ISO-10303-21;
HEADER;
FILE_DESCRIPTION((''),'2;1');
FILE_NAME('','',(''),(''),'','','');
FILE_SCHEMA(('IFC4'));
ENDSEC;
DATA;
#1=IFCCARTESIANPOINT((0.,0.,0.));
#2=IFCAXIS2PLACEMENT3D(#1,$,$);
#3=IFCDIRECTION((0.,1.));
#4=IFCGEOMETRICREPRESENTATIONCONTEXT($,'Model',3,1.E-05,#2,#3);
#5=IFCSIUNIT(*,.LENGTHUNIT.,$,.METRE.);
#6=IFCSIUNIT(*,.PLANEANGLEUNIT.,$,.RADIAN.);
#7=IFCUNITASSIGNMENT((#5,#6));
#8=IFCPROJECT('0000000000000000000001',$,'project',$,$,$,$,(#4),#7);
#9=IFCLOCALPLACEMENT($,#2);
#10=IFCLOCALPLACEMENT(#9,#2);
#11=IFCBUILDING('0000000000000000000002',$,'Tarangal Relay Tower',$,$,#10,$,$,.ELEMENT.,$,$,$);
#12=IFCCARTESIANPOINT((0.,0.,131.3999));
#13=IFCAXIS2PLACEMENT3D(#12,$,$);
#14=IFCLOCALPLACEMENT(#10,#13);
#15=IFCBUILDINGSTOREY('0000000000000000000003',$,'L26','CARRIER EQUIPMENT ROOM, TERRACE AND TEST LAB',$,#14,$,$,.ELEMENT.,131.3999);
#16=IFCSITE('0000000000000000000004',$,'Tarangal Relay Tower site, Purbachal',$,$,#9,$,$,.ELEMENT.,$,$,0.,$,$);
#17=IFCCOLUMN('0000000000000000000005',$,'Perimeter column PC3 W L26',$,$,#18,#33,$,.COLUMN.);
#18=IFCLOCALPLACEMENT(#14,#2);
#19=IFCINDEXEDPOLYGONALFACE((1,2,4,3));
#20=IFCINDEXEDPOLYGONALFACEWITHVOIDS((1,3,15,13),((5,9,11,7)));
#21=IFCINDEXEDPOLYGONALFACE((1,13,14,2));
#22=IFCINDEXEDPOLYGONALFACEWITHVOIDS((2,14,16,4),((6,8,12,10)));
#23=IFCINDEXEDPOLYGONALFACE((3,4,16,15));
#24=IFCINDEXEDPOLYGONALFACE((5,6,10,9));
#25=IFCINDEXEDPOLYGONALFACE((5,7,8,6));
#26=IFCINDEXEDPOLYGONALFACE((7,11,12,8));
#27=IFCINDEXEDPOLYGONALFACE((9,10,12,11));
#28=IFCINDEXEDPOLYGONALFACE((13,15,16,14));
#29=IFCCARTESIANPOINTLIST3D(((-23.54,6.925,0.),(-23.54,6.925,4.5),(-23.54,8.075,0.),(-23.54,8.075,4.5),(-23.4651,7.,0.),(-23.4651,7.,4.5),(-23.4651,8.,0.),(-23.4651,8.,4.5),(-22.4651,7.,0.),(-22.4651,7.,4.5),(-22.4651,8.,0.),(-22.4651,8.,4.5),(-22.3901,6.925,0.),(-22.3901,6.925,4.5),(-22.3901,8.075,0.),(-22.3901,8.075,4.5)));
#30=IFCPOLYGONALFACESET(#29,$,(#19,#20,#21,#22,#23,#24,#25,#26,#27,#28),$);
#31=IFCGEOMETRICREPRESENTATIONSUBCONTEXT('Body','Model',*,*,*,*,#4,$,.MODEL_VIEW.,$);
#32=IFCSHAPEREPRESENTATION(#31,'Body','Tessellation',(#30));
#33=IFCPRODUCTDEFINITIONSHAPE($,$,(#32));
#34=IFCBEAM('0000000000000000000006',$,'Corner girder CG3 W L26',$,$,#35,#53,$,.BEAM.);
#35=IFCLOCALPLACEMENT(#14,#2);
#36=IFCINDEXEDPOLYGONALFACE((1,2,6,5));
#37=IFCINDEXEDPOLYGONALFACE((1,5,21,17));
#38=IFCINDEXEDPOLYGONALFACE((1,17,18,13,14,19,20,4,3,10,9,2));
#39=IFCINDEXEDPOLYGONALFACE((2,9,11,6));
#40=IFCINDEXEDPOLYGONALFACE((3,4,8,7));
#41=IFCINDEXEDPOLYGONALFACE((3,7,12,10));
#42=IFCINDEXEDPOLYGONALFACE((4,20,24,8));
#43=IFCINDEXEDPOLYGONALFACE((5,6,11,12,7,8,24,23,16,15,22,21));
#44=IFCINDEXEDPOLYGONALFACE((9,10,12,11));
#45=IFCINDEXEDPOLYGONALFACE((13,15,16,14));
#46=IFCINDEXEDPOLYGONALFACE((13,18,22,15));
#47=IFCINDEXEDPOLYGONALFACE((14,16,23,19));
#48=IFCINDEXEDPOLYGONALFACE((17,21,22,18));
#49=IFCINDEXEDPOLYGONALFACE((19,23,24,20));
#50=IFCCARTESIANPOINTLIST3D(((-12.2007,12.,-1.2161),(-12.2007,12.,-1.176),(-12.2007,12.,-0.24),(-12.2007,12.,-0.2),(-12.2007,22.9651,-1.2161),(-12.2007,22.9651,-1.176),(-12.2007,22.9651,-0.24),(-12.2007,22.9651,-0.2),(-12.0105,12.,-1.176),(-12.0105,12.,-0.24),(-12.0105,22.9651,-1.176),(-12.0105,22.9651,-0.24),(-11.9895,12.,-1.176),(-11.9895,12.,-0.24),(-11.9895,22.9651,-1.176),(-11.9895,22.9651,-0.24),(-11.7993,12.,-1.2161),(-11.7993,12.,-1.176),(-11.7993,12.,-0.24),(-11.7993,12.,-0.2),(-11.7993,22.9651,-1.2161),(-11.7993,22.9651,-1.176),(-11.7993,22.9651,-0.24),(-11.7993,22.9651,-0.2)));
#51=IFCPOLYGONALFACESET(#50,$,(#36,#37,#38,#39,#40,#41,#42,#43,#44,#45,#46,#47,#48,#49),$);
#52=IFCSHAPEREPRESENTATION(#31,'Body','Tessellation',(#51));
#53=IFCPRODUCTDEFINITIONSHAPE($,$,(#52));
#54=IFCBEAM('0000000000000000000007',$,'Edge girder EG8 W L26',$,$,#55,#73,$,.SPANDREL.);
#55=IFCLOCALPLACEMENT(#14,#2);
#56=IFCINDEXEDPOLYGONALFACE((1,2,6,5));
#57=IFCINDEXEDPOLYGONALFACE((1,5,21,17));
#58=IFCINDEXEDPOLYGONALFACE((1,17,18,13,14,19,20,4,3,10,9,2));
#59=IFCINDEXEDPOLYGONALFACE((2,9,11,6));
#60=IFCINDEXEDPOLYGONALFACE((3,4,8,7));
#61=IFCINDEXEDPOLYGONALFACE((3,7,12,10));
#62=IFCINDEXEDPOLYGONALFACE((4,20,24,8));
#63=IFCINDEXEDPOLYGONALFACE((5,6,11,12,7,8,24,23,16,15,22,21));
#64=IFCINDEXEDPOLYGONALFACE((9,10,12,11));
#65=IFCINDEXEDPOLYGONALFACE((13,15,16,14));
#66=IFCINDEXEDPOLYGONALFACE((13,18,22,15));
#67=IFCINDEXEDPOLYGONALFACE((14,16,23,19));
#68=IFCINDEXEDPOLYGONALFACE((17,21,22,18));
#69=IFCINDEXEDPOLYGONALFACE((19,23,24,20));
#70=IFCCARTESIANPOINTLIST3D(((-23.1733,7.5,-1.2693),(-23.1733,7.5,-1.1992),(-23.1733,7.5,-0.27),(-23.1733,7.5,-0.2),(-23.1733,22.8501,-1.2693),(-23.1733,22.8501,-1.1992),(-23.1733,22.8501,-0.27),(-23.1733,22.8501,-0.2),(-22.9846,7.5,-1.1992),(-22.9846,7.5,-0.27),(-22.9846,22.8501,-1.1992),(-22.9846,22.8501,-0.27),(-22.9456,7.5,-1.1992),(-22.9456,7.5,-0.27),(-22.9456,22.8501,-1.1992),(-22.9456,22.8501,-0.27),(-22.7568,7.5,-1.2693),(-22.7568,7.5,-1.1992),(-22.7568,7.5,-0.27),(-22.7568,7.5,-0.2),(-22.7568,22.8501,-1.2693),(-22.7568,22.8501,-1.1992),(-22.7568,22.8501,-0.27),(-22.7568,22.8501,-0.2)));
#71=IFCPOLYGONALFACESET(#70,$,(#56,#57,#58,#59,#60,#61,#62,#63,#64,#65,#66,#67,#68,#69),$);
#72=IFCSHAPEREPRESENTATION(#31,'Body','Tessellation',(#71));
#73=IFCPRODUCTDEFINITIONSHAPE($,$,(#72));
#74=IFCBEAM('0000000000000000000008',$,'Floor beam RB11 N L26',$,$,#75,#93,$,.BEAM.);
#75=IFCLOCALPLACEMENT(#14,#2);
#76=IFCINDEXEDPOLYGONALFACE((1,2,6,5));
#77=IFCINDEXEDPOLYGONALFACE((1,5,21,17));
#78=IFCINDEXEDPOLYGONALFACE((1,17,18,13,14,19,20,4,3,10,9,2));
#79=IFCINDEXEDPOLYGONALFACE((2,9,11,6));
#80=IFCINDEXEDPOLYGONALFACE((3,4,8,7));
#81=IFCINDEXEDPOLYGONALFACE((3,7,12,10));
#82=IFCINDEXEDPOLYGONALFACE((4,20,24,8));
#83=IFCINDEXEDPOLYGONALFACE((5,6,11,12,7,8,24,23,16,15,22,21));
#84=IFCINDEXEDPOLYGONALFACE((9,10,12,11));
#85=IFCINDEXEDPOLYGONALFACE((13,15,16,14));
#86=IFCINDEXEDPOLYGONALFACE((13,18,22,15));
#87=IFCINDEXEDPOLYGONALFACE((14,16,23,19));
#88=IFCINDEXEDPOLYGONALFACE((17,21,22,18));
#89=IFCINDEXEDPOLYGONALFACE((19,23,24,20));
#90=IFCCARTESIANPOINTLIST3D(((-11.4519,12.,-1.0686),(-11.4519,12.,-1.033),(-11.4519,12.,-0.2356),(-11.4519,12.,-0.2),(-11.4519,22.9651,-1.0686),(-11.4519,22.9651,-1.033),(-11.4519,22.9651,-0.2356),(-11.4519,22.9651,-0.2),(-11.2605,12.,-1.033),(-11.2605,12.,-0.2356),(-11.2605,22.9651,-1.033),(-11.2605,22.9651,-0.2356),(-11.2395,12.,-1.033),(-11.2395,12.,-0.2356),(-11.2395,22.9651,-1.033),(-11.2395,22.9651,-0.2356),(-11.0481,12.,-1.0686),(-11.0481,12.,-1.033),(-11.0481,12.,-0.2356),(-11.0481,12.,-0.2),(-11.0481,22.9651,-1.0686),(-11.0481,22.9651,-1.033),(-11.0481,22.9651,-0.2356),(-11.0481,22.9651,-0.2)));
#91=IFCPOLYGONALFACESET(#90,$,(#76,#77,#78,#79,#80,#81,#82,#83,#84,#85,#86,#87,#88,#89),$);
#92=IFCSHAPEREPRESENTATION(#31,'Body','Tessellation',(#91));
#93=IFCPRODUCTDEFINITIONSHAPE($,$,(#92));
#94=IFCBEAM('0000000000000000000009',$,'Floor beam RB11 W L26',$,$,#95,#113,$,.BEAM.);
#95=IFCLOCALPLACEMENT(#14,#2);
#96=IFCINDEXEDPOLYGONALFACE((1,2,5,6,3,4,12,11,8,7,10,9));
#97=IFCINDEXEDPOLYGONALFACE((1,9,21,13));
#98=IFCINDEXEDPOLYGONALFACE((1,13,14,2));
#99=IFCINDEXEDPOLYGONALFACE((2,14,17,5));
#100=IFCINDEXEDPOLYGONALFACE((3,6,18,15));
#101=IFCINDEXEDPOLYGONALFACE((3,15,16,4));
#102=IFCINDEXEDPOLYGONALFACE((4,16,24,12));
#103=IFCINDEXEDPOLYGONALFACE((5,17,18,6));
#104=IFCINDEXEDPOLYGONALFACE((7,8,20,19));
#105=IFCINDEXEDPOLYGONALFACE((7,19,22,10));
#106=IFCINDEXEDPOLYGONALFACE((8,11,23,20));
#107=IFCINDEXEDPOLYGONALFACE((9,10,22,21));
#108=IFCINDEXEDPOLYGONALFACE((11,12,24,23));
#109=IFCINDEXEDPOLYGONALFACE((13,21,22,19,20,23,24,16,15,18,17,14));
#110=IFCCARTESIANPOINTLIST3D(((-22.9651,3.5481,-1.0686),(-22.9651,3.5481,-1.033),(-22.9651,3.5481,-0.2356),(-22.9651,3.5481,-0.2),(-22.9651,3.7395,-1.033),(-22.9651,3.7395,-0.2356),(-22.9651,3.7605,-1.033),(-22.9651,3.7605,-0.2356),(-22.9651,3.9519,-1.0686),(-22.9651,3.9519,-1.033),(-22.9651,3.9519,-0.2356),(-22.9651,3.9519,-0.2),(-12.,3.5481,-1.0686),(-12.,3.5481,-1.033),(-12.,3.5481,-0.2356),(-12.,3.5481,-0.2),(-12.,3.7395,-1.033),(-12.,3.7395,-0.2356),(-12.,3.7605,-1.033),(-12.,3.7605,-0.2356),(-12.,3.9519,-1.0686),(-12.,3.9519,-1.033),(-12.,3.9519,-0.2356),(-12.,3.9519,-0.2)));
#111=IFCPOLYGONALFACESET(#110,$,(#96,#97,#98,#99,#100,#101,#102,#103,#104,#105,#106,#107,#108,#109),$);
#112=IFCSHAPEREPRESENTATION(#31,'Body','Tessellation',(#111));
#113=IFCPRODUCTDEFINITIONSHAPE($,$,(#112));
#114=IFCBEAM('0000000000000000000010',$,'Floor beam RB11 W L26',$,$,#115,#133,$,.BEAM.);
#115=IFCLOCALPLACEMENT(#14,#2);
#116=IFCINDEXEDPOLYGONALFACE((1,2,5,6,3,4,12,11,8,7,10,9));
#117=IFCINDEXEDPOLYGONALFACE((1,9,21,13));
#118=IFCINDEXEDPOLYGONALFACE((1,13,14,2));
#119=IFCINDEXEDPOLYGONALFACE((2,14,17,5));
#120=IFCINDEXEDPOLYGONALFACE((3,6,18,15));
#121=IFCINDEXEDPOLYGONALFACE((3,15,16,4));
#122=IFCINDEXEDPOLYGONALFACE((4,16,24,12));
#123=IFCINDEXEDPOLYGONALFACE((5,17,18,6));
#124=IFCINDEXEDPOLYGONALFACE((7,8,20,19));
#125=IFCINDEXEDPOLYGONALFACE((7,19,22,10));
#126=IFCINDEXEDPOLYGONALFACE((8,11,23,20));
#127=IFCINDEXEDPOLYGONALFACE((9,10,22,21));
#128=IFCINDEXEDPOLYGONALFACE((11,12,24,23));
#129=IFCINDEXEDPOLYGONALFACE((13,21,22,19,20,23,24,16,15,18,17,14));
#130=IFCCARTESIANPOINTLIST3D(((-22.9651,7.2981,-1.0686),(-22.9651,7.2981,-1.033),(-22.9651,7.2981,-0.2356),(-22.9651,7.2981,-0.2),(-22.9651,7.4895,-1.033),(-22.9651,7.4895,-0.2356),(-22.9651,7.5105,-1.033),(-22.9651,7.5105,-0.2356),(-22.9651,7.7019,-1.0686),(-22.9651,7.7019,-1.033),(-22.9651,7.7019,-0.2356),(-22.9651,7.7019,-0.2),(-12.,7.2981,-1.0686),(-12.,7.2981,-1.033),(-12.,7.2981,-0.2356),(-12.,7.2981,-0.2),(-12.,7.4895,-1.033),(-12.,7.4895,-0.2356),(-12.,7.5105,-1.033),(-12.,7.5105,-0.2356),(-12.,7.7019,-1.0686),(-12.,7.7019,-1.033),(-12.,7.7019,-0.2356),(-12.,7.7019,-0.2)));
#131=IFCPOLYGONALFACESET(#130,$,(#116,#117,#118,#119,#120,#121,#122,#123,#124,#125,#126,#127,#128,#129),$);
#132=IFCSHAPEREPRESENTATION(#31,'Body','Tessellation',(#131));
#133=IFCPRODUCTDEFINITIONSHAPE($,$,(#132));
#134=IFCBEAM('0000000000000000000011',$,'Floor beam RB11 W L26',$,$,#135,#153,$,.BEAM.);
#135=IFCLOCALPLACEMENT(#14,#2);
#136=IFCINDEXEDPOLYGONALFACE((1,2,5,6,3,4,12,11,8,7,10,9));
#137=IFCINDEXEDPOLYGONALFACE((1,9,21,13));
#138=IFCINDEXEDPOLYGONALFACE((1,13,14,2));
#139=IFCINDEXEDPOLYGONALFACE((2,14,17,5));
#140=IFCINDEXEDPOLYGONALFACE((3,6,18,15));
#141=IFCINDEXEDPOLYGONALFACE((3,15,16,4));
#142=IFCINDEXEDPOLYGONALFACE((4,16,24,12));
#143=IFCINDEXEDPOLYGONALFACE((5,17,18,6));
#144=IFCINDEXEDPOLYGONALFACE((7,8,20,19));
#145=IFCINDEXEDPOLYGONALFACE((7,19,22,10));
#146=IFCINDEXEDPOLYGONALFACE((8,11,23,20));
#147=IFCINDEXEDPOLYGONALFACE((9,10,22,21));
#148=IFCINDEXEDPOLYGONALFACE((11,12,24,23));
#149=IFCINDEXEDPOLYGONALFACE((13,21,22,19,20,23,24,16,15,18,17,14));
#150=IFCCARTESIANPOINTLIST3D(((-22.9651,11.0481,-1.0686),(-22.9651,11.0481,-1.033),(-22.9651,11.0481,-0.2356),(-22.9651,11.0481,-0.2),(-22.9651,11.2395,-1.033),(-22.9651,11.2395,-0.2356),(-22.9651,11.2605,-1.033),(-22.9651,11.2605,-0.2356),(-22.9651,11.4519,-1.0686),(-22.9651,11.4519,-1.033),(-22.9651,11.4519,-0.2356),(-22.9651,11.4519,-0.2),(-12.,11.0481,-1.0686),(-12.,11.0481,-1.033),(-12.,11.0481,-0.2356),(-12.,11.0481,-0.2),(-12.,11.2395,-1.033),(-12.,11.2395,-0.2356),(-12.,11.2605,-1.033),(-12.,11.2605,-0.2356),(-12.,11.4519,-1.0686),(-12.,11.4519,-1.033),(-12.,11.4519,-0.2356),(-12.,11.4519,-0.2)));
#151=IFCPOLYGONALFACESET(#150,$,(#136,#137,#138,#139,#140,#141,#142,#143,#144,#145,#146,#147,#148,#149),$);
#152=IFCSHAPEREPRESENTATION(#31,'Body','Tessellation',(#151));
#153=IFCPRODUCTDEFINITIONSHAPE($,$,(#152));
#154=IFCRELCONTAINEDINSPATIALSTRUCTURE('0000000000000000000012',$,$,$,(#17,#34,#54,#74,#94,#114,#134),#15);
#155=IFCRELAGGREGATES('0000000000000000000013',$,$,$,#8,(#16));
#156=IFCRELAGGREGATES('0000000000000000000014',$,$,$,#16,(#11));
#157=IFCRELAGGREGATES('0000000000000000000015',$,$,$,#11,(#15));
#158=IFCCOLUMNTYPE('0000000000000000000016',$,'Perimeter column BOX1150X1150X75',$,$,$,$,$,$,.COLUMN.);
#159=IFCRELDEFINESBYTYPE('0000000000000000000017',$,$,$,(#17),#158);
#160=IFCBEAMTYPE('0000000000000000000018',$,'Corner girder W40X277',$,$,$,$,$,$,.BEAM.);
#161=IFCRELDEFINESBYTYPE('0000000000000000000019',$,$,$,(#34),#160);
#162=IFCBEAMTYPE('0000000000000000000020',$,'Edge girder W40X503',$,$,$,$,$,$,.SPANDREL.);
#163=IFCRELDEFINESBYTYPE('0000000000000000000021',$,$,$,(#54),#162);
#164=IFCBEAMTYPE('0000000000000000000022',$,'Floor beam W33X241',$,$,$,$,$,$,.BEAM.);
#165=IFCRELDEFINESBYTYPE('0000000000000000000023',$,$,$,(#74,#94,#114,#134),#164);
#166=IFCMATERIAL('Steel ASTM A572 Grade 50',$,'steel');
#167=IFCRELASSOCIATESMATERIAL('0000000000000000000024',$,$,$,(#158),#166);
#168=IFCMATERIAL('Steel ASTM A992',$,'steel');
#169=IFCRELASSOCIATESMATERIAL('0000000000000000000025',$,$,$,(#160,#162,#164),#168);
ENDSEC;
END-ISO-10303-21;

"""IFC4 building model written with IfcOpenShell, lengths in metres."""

from ifc_helpers import new_model, si_unit, direction, frame, origin, origin_2d, place, context, subcontext, project, spatial, hollow_rectangle, i_section, extrude, material, material_profile, profile_set, type_object, element, save


model = new_model("IFC4")

# Units and contexts
model_context = context("Model", 3, precision=1e-05, world=origin(), true_north=direction((0.0, 1.0)))
body_context = subcontext(model_context, "Body", "Model", "MODEL_VIEW")
ifc_project = project(units=[si_unit("LENGTHUNIT", "METRE"), si_unit("PLANEANGLEUNIT", "RADIAN")], contexts=[model_context])

# Site, building, storey
site_placement = place(None, origin())
site = spatial("IfcSite", under=ifc_project, at=site_placement, Name="Tarangal Relay Tower site, Purbachal", CompositionType="ELEMENT", RefElevation=0.0)
building_placement = place(site_placement, origin())
building = spatial("IfcBuilding", under=site, at=building_placement, Name="Tarangal Relay Tower", CompositionType="ELEMENT")
storey_placement = place(building_placement, frame((0.0, 0.0, 131.3999)))
storey = spatial("IfcBuildingStorey", under=building, at=storey_placement, Name="L26", Description="CARRIER EQUIPMENT ROOM, TERRACE AND TEST LAB", CompositionType="ELEMENT", Elevation=131.3999)

# Column
ifc_material_1 = material(Name="Steel ASTM A572 Grade 50", Category="steel")
ifc_material_profile_1 = material_profile(ifc_material_1, hollow_rectangle(XDim=1.1499, YDim=1.1499, WallThickness=0.075, at=origin_2d()), Name="BOX1150X1150X75")
ifc_profile_set_1 = profile_set([ifc_material_profile_1], Name="Steel ASTM A572 Grade 50")
column_type = type_object("IfcColumnType", Name="Perimeter column BOX1150X1150X75", PredefinedType="COLUMN", material=ifc_profile_set_1)
column_placement = place(storey_placement, frame((-22.9651, 7.5, 0.0), z_axis=(0.0, 0.0, 1.0), x_axis=(1.0, 0.0, 0.0)))
element("IfcColumn", 1, at=column_placement, inside=storey, type_object=column_type, Name="Perimeter column PC3 W L26", PredefinedType="COLUMN", context=body_context, shape_type="SweptSolid", body=[
    extrude(hollow_rectangle(XDim=1.1499, YDim=1.1499, WallThickness=0.075, at=origin_2d()), origin(), (0.0, 0.0, 1.0), 4.5),
])

# Beams
ifc_material_2 = material(Name="Steel ASTM A992", Category="steel")
ifc_material_profile_2 = material_profile(ifc_material_2, i_section(OverallWidth=0.4014, OverallDepth=1.0161, WebThickness=0.021, FlangeThickness=0.04, at=origin_2d()), Name="W40X277")
ifc_profile_set_2 = profile_set([ifc_material_profile_2], Name="Steel ASTM A992")
beam_type_1 = type_object("IfcBeamType", Name="Corner girder W40X277", PredefinedType="BEAM", material=ifc_profile_set_2)
beam_1_placement = place(storey_placement, frame((-12.0, 12.0, -0.708), z_axis=(0.0, 1.0, 0.0), x_axis=(-1.0, 0.0, 0.0)))
element("IfcBeam", 2, at=beam_1_placement, inside=storey, type_object=beam_type_1, Name="Corner girder CG3 W L26", PredefinedType="BEAM", context=body_context, shape_type="SweptSolid", body=[
    extrude(i_section(OverallWidth=0.4014, OverallDepth=1.0161, WebThickness=0.021, FlangeThickness=0.04, at=origin_2d()), origin(), (0.0, 0.0, 1.0), 10.9651),
])
ifc_material_profile_3 = material_profile(ifc_material_2, i_section(OverallWidth=0.4165, OverallDepth=1.0693, WebThickness=0.0391, FlangeThickness=0.0701, at=origin_2d()), Name="W40X503")
ifc_profile_set_3 = profile_set([ifc_material_profile_3], Name="Steel ASTM A992")
beam_type_2 = type_object("IfcBeamType", Name="Edge girder W40X503", PredefinedType="SPANDREL", material=ifc_profile_set_3)
beam_2_placement = place(storey_placement, frame((-22.9651, 7.5, -0.7346), z_axis=(0.0, 1.0, 0.0), x_axis=(-1.0, 0.0, 0.0)))
element("IfcBeam", 3, at=beam_2_placement, inside=storey, type_object=beam_type_2, Name="Edge girder EG8 W L26", PredefinedType="SPANDREL", context=body_context, shape_type="SweptSolid", body=[
    extrude(i_section(OverallWidth=0.4165, OverallDepth=1.0693, WebThickness=0.0391, FlangeThickness=0.0701, at=origin_2d()), origin(), (0.0, 0.0, 1.0), 15.3501),
])
ifc_material_profile_4 = material_profile(ifc_material_2, i_section(OverallWidth=0.4038, OverallDepth=0.8687, WebThickness=0.021, FlangeThickness=0.0356, at=origin_2d()), Name="W33X241")
ifc_profile_set_4 = profile_set([ifc_material_profile_4], Name="Steel ASTM A992")
beam_type_3 = type_object("IfcBeamType", Name="Floor beam W33X241", PredefinedType="BEAM", material=ifc_profile_set_4)
for number, where, z_axis, x_axis, name in (
    (4, (-11.25, 12.0, -0.6343), (0.0, 1.0, 0.0), (-1.0, 0.0, 0.0), "Floor beam RB11 N L26"),
    (5, (-12.0, 3.75, -0.6343), (-1.0, 0.0, 0.0), (0.0, -1.0, 0.0), "Floor beam RB11 W L26"),
    (6, (-12.0, 7.5, -0.6343), (-1.0, 0.0, 0.0), (0.0, -1.0, 0.0), "Floor beam RB11 W L26"),
    (7, (-12.0, 11.25, -0.6343), (-1.0, 0.0, 0.0), (0.0, -1.0, 0.0), "Floor beam RB11 W L26"),
):
    element("IfcBeam", number, at=place(storey_placement, frame(where, z_axis=z_axis, x_axis=x_axis)), inside=storey, type_object=beam_type_3, Name=name, PredefinedType="BEAM", context=body_context, shape_type="SweptSolid", body=[
        extrude(i_section(OverallWidth=0.4038, OverallDepth=0.8687, WebThickness=0.021, FlangeThickness=0.0356, at=origin_2d()), origin(), (0.0, 0.0, 1.0), 10.9651),
    ])

save(model, "model.ifc")
